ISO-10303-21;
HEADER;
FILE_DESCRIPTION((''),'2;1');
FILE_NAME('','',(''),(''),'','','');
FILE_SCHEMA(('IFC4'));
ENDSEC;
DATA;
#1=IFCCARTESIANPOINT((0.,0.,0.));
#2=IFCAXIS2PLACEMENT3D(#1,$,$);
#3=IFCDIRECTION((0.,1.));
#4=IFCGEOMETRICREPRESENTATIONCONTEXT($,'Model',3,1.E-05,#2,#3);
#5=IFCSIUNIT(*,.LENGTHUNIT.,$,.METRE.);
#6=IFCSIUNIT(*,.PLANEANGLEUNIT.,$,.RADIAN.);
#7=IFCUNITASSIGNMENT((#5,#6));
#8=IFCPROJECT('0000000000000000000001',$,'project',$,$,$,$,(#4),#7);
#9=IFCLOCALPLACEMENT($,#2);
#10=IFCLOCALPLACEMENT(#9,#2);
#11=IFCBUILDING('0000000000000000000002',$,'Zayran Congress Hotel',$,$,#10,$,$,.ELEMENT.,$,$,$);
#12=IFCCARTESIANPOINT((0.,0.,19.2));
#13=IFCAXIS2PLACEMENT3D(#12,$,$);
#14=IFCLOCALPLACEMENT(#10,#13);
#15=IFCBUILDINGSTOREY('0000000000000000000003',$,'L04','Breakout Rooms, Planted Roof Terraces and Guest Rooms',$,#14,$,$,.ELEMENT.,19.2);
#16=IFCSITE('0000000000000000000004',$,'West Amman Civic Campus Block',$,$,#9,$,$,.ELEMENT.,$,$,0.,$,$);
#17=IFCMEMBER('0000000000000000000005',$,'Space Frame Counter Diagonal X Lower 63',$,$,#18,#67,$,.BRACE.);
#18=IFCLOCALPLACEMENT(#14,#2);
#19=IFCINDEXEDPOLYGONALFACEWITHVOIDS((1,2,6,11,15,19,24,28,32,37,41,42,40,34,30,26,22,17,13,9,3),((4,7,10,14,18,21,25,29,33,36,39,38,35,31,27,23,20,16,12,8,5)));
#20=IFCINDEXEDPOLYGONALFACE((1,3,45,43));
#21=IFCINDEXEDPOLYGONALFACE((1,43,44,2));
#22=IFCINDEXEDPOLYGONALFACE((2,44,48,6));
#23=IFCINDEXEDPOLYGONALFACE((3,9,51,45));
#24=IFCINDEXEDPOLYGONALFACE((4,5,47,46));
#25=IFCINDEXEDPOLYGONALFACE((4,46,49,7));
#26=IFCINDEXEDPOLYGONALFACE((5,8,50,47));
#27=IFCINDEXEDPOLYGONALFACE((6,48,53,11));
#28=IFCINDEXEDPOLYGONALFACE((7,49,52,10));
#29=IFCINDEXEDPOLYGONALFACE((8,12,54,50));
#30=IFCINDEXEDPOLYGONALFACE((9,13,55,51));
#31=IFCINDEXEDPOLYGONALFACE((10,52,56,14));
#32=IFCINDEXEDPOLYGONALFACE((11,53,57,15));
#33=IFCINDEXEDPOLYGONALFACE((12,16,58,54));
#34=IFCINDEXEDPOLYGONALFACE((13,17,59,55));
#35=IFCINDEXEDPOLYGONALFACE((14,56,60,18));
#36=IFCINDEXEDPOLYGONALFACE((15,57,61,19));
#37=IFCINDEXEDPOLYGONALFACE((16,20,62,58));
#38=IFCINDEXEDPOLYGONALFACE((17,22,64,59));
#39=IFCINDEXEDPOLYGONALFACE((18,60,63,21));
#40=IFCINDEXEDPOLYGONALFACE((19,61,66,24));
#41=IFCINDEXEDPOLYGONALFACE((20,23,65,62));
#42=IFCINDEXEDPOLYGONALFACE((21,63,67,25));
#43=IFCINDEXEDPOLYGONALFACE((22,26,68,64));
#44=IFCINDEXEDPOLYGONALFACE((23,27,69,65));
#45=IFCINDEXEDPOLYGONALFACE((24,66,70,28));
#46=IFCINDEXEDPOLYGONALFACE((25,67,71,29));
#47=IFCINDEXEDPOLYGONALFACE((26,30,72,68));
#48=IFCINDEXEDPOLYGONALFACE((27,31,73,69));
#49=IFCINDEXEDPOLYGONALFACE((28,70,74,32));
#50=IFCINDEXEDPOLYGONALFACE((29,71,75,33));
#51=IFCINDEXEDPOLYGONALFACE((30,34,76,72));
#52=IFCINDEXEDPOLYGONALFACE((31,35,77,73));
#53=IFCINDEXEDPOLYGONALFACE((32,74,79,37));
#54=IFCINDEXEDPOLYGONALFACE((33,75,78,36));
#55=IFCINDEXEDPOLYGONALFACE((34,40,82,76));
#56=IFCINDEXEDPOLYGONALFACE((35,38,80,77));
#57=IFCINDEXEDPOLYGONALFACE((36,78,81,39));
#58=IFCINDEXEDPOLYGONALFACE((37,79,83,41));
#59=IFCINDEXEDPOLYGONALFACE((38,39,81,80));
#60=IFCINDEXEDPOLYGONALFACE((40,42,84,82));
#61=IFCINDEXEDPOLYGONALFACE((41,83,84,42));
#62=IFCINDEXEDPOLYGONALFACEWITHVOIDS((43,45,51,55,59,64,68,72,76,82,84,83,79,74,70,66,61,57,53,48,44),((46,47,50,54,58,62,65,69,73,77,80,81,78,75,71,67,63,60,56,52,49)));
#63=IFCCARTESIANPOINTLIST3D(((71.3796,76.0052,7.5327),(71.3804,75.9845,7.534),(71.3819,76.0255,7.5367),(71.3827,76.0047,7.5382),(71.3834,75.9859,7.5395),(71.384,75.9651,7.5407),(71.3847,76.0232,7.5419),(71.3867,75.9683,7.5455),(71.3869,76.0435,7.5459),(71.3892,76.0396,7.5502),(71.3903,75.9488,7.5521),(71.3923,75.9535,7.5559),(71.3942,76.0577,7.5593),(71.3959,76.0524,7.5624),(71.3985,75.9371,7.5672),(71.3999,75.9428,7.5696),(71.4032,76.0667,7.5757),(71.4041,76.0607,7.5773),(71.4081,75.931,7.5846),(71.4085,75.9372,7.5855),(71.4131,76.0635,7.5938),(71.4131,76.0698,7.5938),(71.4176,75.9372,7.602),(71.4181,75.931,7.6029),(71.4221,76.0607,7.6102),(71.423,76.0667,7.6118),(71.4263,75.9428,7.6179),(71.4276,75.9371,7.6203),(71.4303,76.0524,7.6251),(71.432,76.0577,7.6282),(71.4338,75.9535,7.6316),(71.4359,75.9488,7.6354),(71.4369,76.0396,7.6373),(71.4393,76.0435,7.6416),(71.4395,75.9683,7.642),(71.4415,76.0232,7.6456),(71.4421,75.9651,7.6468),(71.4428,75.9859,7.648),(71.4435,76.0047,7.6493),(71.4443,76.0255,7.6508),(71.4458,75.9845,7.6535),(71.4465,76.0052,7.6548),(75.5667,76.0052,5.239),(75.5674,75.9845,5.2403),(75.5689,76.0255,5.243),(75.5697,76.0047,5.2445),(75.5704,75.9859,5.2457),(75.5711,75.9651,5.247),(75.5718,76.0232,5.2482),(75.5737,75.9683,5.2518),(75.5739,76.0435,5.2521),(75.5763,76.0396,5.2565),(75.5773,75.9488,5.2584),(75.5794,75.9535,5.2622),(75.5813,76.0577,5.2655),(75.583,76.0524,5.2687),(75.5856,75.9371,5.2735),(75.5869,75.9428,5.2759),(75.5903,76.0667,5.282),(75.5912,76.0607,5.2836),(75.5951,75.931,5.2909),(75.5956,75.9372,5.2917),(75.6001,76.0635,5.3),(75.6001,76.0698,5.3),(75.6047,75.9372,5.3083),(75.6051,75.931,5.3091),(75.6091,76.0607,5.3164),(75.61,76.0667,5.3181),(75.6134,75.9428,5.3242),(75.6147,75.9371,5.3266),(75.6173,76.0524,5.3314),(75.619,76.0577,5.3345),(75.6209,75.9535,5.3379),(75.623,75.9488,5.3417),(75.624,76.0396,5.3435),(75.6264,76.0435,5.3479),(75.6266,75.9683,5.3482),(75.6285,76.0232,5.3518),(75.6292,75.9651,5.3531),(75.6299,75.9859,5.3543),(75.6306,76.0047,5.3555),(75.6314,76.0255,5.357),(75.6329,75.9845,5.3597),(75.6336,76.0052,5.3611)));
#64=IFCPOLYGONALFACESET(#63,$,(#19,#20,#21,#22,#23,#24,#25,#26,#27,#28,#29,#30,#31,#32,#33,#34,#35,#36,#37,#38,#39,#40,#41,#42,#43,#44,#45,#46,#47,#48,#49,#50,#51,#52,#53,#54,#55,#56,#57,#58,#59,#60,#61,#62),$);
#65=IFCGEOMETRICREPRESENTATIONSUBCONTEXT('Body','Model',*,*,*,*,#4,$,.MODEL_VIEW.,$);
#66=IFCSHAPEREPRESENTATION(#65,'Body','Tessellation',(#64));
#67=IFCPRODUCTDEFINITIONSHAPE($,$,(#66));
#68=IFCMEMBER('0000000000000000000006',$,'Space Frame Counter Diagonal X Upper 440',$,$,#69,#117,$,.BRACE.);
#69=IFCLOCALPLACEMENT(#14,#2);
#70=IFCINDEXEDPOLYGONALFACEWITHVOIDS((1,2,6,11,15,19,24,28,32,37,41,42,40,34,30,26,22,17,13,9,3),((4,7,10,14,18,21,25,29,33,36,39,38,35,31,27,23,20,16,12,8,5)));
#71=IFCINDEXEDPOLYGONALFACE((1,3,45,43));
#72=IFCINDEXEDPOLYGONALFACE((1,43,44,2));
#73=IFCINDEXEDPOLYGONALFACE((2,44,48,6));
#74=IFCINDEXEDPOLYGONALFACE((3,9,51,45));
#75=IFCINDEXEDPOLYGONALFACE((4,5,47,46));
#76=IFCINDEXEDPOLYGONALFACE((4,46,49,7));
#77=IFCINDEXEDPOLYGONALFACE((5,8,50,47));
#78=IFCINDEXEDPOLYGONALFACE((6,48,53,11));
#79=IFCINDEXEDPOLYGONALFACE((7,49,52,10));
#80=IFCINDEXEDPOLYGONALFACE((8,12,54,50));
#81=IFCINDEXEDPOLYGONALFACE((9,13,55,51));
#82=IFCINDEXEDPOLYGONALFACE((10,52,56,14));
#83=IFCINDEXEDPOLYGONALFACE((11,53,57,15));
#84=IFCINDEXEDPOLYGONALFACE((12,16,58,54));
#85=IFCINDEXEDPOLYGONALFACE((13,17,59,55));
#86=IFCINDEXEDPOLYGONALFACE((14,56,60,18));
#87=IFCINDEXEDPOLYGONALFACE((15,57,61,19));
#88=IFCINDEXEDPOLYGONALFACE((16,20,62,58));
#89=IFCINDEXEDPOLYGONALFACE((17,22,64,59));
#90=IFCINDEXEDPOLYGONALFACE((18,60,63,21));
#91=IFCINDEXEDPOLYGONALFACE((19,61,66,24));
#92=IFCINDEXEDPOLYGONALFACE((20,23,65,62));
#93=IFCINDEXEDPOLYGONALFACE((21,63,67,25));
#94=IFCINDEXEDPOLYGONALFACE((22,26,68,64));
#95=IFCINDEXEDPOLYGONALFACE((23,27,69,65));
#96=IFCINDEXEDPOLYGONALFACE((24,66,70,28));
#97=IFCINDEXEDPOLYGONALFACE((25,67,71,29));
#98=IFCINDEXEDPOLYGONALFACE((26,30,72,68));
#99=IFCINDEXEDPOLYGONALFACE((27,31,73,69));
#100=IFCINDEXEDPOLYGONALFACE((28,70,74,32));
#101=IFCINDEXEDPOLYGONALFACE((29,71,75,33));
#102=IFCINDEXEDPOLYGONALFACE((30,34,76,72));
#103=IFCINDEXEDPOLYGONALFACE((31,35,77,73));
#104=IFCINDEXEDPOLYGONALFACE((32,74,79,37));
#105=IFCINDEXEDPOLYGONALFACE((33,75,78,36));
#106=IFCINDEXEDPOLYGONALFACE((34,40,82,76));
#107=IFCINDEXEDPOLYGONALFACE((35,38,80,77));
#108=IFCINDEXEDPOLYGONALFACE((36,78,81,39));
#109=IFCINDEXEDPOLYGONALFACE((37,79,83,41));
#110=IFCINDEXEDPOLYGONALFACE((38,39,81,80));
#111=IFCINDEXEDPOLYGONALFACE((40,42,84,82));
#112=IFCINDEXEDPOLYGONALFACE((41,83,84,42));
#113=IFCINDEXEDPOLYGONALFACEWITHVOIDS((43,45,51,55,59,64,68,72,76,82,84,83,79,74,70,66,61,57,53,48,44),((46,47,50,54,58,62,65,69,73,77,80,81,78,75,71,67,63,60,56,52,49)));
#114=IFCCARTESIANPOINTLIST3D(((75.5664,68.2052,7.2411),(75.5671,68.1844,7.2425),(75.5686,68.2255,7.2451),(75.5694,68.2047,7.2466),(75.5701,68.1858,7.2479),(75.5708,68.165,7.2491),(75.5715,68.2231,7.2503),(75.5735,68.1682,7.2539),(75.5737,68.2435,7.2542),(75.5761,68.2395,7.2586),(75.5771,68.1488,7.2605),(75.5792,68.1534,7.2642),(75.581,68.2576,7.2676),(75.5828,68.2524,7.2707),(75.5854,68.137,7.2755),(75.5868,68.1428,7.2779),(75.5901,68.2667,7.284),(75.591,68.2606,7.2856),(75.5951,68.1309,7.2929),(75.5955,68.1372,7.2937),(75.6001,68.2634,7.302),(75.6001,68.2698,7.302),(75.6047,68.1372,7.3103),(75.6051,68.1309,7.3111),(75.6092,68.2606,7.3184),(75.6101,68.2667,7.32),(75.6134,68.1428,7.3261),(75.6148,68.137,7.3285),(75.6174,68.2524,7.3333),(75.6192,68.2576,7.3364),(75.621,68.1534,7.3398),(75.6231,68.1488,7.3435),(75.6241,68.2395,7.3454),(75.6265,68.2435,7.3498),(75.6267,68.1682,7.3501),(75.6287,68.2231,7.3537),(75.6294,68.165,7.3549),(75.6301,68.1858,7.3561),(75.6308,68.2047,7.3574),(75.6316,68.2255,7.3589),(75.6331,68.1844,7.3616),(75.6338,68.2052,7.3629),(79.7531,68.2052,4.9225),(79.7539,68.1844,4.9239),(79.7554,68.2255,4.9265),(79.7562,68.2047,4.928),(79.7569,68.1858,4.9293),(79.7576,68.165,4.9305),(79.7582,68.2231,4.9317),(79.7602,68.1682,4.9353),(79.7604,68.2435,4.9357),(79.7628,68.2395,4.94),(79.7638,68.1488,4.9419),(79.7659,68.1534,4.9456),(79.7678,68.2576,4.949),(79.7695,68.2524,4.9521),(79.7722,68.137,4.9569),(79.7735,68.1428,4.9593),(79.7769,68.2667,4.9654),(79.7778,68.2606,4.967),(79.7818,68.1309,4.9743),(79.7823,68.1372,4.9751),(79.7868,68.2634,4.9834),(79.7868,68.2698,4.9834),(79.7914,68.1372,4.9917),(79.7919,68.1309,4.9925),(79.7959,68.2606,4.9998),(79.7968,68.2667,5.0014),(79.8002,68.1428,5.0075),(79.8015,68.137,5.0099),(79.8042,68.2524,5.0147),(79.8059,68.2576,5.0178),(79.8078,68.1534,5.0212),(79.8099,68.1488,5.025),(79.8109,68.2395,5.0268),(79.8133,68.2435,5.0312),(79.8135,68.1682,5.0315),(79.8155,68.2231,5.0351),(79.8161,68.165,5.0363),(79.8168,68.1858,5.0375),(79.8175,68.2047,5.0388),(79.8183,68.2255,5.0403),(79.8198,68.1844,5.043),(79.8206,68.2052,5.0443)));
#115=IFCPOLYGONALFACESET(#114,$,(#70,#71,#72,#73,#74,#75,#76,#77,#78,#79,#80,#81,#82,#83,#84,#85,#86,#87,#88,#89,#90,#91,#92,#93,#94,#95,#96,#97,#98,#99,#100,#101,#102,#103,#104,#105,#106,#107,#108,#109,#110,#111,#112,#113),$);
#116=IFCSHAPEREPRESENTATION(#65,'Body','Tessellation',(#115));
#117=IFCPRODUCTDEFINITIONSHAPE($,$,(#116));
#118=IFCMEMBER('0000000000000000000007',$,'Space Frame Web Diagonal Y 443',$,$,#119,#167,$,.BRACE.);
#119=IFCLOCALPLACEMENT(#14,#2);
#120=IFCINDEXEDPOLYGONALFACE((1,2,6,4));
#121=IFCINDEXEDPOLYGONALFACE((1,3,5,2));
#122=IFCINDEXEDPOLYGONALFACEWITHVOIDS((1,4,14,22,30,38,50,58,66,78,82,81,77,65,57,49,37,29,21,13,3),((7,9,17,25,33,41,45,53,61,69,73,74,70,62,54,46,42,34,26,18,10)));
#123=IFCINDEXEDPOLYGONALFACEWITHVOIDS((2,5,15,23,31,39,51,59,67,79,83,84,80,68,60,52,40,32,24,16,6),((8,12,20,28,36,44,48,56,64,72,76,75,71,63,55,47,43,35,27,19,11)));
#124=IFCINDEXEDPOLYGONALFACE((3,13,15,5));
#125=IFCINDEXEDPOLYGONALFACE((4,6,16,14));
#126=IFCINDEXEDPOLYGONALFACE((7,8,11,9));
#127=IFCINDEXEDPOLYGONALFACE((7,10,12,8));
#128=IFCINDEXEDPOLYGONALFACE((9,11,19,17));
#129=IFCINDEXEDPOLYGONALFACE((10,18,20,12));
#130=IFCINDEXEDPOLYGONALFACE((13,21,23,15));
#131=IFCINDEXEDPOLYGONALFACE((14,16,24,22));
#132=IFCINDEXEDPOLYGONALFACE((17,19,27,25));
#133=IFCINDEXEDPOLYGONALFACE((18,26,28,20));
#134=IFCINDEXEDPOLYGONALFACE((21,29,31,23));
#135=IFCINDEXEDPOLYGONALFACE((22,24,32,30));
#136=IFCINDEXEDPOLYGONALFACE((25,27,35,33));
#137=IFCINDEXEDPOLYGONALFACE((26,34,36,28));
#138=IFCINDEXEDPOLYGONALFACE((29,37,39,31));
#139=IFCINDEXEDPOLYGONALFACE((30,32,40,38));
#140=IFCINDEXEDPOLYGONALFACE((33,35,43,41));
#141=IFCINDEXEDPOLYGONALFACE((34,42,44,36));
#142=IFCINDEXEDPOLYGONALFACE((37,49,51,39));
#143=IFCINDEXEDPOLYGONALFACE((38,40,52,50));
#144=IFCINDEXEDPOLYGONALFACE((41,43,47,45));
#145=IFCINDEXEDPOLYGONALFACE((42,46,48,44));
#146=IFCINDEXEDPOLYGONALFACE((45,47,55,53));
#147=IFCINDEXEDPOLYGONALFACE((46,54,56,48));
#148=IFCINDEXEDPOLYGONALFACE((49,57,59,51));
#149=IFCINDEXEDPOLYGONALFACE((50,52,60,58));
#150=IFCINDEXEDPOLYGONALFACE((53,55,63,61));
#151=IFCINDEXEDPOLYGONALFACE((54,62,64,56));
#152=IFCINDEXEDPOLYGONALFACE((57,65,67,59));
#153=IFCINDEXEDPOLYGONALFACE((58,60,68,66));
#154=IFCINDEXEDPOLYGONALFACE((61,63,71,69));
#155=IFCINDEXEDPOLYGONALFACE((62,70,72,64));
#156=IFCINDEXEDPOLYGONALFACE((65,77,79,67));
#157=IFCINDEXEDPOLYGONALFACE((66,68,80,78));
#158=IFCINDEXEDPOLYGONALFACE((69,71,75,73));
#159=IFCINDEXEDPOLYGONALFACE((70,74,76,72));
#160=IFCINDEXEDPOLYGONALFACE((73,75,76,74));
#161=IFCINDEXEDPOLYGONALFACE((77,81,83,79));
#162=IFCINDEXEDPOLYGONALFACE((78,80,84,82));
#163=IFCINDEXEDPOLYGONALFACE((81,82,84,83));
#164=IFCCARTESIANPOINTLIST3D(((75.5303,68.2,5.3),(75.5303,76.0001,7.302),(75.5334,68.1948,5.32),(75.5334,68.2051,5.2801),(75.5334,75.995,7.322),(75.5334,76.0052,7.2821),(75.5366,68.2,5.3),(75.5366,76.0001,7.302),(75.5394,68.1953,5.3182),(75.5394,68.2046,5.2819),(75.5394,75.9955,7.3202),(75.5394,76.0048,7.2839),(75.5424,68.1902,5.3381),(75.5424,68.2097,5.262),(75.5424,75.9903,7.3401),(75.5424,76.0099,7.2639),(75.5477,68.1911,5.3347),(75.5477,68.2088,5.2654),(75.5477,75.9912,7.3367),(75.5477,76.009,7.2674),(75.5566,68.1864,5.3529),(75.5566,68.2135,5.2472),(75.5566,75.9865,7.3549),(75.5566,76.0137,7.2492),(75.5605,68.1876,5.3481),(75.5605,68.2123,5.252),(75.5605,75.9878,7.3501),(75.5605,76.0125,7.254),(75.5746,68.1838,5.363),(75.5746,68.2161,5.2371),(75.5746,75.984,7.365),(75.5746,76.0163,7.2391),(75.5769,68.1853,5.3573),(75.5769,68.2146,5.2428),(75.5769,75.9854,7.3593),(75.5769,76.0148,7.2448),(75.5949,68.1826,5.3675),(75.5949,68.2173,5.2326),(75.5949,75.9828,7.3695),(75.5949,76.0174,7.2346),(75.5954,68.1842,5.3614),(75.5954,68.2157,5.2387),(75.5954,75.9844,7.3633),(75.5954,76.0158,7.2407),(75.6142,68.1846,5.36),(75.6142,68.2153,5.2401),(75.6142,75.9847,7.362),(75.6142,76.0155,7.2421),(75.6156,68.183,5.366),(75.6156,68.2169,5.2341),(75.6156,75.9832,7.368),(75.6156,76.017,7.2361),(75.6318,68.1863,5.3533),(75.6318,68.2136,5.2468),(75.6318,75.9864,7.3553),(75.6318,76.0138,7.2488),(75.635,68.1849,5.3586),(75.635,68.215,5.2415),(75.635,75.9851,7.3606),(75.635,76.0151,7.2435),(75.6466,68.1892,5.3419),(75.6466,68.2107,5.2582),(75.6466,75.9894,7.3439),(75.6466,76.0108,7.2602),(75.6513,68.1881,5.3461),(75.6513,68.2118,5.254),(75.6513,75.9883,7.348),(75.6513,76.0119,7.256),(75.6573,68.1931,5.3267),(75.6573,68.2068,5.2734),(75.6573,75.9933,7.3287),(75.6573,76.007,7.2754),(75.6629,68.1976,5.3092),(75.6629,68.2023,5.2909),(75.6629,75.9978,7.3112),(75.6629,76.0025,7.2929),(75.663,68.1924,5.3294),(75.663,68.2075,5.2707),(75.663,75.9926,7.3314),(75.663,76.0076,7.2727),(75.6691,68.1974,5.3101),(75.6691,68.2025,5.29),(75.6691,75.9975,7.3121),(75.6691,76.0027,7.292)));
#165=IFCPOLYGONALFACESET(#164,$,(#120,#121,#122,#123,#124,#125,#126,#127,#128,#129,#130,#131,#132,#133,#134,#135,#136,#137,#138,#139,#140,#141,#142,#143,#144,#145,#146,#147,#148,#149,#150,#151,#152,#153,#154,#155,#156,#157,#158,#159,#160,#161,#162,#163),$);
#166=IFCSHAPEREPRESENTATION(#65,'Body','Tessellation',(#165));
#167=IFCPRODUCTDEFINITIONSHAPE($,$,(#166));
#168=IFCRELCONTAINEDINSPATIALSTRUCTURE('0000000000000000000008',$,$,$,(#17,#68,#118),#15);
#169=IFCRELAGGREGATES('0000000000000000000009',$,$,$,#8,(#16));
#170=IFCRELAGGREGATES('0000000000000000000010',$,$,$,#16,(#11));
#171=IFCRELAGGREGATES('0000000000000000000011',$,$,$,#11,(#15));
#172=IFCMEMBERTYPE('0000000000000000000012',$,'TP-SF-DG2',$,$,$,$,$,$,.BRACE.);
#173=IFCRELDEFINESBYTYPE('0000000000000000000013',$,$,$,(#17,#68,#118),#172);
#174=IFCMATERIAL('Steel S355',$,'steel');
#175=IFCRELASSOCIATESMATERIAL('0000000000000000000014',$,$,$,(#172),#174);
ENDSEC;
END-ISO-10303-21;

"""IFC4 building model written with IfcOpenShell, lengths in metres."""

from ifc_helpers import new_model, si_unit, direction, frame, origin, origin_2d, place, context, subcontext, project, spatial, hollow_circle, extrude, material, material_profile, profile_set, type_object, element, save


model = new_model("IFC4")

# Units and contexts
model_context = context("Model", 3, precision=1e-05, world=origin(), true_north=direction((0.0, 1.0)))
body_context = subcontext(model_context, "Body", "Model", "MODEL_VIEW")
ifc_project = project(units=[si_unit("LENGTHUNIT", "METRE"), si_unit("PLANEANGLEUNIT", "RADIAN")], contexts=[model_context])

# Site, building, storey
site_placement = place(None, origin())
site = spatial("IfcSite", under=ifc_project, at=site_placement, Name="West Amman Civic Campus Block", CompositionType="ELEMENT", RefElevation=0.0)
building_placement = place(site_placement, origin())
building = spatial("IfcBuilding", under=site, at=building_placement, Name="Zayran Congress Hotel", CompositionType="ELEMENT")
storey_placement = place(building_placement, frame((0.0, 0.0, 19.2)))
storey = spatial("IfcBuildingStorey", under=building, at=storey_placement, Name="L04", Description="Breakout Rooms, Planted Roof Terraces and Guest Rooms", CompositionType="ELEMENT", Elevation=19.2)

# Members
ifc_material_1 = material(Name="Steel S355", Category="steel")
ifc_material_profile_1 = material_profile(ifc_material_1, hollow_circle(Radius=0.0698, WallThickness=0.0063, at=origin_2d()), Name="CHS 139.7x6.3")
ifc_profile_set_1 = profile_set([ifc_material_profile_1], Name="Steel S355")
member_type_1 = type_object("IfcMemberType", Name="TP-SF-DG2", PredefinedType="BRACE", material=ifc_profile_set_1)
for number, where, z_axis, x_axis, name in (
    (1, (71.4131, 76.0, 7.5938), (0.877024, 0.0, -0.480446), (0.0, 1.0, 0.0), "Space Frame Counter Diagonal X Lower 63"),
):
    element("IfcMember", number, at=place(storey_placement, frame(where, z_axis=z_axis, x_axis=x_axis)), inside=storey, type_object=member_type_1, Name=name, PredefinedType="BRACE", context=body_context, shape_type="SweptSolid", body=[
        extrude(hollow_circle(Radius=0.0698, WallThickness=0.0063, at=origin_2d()), origin(), (0.0, 0.0, 1.0), 4.7742),
    ])
member_1_placement = place(storey_placement, frame((75.6001, 68.2, 7.302), z_axis=(0.874811, 0.0, -0.484464), x_axis=(0.0, 1.0, 0.0)))
element("IfcMember", 2, at=member_1_placement, inside=storey, type_object=member_type_1, Name="Space Frame Counter Diagonal X Upper 440", PredefinedType="BRACE", context=body_context, shape_type="SweptSolid", body=[
    extrude(hollow_circle(Radius=0.0698, WallThickness=0.0063, at=origin_2d()), origin(), (0.0, 0.0, 1.0), 4.7859),
])
member_2_placement = place(storey_placement, frame((75.6001, 68.2, 5.3), z_axis=(0.0, 0.968606, 0.248601), x_axis=(-1.0, 0.0, 0.0)))
element("IfcMember", 3, at=member_2_placement, inside=storey, type_object=member_type_1, Name="Space Frame Web Diagonal Y 443", PredefinedType="BRACE", context=body_context, shape_type="SweptSolid", body=[
    extrude(hollow_circle(Radius=0.0698, WallThickness=0.0063, at=origin_2d()), origin(), (0.0, 0.0, 1.0), 8.053),
])

save(model, "model.ifc")
